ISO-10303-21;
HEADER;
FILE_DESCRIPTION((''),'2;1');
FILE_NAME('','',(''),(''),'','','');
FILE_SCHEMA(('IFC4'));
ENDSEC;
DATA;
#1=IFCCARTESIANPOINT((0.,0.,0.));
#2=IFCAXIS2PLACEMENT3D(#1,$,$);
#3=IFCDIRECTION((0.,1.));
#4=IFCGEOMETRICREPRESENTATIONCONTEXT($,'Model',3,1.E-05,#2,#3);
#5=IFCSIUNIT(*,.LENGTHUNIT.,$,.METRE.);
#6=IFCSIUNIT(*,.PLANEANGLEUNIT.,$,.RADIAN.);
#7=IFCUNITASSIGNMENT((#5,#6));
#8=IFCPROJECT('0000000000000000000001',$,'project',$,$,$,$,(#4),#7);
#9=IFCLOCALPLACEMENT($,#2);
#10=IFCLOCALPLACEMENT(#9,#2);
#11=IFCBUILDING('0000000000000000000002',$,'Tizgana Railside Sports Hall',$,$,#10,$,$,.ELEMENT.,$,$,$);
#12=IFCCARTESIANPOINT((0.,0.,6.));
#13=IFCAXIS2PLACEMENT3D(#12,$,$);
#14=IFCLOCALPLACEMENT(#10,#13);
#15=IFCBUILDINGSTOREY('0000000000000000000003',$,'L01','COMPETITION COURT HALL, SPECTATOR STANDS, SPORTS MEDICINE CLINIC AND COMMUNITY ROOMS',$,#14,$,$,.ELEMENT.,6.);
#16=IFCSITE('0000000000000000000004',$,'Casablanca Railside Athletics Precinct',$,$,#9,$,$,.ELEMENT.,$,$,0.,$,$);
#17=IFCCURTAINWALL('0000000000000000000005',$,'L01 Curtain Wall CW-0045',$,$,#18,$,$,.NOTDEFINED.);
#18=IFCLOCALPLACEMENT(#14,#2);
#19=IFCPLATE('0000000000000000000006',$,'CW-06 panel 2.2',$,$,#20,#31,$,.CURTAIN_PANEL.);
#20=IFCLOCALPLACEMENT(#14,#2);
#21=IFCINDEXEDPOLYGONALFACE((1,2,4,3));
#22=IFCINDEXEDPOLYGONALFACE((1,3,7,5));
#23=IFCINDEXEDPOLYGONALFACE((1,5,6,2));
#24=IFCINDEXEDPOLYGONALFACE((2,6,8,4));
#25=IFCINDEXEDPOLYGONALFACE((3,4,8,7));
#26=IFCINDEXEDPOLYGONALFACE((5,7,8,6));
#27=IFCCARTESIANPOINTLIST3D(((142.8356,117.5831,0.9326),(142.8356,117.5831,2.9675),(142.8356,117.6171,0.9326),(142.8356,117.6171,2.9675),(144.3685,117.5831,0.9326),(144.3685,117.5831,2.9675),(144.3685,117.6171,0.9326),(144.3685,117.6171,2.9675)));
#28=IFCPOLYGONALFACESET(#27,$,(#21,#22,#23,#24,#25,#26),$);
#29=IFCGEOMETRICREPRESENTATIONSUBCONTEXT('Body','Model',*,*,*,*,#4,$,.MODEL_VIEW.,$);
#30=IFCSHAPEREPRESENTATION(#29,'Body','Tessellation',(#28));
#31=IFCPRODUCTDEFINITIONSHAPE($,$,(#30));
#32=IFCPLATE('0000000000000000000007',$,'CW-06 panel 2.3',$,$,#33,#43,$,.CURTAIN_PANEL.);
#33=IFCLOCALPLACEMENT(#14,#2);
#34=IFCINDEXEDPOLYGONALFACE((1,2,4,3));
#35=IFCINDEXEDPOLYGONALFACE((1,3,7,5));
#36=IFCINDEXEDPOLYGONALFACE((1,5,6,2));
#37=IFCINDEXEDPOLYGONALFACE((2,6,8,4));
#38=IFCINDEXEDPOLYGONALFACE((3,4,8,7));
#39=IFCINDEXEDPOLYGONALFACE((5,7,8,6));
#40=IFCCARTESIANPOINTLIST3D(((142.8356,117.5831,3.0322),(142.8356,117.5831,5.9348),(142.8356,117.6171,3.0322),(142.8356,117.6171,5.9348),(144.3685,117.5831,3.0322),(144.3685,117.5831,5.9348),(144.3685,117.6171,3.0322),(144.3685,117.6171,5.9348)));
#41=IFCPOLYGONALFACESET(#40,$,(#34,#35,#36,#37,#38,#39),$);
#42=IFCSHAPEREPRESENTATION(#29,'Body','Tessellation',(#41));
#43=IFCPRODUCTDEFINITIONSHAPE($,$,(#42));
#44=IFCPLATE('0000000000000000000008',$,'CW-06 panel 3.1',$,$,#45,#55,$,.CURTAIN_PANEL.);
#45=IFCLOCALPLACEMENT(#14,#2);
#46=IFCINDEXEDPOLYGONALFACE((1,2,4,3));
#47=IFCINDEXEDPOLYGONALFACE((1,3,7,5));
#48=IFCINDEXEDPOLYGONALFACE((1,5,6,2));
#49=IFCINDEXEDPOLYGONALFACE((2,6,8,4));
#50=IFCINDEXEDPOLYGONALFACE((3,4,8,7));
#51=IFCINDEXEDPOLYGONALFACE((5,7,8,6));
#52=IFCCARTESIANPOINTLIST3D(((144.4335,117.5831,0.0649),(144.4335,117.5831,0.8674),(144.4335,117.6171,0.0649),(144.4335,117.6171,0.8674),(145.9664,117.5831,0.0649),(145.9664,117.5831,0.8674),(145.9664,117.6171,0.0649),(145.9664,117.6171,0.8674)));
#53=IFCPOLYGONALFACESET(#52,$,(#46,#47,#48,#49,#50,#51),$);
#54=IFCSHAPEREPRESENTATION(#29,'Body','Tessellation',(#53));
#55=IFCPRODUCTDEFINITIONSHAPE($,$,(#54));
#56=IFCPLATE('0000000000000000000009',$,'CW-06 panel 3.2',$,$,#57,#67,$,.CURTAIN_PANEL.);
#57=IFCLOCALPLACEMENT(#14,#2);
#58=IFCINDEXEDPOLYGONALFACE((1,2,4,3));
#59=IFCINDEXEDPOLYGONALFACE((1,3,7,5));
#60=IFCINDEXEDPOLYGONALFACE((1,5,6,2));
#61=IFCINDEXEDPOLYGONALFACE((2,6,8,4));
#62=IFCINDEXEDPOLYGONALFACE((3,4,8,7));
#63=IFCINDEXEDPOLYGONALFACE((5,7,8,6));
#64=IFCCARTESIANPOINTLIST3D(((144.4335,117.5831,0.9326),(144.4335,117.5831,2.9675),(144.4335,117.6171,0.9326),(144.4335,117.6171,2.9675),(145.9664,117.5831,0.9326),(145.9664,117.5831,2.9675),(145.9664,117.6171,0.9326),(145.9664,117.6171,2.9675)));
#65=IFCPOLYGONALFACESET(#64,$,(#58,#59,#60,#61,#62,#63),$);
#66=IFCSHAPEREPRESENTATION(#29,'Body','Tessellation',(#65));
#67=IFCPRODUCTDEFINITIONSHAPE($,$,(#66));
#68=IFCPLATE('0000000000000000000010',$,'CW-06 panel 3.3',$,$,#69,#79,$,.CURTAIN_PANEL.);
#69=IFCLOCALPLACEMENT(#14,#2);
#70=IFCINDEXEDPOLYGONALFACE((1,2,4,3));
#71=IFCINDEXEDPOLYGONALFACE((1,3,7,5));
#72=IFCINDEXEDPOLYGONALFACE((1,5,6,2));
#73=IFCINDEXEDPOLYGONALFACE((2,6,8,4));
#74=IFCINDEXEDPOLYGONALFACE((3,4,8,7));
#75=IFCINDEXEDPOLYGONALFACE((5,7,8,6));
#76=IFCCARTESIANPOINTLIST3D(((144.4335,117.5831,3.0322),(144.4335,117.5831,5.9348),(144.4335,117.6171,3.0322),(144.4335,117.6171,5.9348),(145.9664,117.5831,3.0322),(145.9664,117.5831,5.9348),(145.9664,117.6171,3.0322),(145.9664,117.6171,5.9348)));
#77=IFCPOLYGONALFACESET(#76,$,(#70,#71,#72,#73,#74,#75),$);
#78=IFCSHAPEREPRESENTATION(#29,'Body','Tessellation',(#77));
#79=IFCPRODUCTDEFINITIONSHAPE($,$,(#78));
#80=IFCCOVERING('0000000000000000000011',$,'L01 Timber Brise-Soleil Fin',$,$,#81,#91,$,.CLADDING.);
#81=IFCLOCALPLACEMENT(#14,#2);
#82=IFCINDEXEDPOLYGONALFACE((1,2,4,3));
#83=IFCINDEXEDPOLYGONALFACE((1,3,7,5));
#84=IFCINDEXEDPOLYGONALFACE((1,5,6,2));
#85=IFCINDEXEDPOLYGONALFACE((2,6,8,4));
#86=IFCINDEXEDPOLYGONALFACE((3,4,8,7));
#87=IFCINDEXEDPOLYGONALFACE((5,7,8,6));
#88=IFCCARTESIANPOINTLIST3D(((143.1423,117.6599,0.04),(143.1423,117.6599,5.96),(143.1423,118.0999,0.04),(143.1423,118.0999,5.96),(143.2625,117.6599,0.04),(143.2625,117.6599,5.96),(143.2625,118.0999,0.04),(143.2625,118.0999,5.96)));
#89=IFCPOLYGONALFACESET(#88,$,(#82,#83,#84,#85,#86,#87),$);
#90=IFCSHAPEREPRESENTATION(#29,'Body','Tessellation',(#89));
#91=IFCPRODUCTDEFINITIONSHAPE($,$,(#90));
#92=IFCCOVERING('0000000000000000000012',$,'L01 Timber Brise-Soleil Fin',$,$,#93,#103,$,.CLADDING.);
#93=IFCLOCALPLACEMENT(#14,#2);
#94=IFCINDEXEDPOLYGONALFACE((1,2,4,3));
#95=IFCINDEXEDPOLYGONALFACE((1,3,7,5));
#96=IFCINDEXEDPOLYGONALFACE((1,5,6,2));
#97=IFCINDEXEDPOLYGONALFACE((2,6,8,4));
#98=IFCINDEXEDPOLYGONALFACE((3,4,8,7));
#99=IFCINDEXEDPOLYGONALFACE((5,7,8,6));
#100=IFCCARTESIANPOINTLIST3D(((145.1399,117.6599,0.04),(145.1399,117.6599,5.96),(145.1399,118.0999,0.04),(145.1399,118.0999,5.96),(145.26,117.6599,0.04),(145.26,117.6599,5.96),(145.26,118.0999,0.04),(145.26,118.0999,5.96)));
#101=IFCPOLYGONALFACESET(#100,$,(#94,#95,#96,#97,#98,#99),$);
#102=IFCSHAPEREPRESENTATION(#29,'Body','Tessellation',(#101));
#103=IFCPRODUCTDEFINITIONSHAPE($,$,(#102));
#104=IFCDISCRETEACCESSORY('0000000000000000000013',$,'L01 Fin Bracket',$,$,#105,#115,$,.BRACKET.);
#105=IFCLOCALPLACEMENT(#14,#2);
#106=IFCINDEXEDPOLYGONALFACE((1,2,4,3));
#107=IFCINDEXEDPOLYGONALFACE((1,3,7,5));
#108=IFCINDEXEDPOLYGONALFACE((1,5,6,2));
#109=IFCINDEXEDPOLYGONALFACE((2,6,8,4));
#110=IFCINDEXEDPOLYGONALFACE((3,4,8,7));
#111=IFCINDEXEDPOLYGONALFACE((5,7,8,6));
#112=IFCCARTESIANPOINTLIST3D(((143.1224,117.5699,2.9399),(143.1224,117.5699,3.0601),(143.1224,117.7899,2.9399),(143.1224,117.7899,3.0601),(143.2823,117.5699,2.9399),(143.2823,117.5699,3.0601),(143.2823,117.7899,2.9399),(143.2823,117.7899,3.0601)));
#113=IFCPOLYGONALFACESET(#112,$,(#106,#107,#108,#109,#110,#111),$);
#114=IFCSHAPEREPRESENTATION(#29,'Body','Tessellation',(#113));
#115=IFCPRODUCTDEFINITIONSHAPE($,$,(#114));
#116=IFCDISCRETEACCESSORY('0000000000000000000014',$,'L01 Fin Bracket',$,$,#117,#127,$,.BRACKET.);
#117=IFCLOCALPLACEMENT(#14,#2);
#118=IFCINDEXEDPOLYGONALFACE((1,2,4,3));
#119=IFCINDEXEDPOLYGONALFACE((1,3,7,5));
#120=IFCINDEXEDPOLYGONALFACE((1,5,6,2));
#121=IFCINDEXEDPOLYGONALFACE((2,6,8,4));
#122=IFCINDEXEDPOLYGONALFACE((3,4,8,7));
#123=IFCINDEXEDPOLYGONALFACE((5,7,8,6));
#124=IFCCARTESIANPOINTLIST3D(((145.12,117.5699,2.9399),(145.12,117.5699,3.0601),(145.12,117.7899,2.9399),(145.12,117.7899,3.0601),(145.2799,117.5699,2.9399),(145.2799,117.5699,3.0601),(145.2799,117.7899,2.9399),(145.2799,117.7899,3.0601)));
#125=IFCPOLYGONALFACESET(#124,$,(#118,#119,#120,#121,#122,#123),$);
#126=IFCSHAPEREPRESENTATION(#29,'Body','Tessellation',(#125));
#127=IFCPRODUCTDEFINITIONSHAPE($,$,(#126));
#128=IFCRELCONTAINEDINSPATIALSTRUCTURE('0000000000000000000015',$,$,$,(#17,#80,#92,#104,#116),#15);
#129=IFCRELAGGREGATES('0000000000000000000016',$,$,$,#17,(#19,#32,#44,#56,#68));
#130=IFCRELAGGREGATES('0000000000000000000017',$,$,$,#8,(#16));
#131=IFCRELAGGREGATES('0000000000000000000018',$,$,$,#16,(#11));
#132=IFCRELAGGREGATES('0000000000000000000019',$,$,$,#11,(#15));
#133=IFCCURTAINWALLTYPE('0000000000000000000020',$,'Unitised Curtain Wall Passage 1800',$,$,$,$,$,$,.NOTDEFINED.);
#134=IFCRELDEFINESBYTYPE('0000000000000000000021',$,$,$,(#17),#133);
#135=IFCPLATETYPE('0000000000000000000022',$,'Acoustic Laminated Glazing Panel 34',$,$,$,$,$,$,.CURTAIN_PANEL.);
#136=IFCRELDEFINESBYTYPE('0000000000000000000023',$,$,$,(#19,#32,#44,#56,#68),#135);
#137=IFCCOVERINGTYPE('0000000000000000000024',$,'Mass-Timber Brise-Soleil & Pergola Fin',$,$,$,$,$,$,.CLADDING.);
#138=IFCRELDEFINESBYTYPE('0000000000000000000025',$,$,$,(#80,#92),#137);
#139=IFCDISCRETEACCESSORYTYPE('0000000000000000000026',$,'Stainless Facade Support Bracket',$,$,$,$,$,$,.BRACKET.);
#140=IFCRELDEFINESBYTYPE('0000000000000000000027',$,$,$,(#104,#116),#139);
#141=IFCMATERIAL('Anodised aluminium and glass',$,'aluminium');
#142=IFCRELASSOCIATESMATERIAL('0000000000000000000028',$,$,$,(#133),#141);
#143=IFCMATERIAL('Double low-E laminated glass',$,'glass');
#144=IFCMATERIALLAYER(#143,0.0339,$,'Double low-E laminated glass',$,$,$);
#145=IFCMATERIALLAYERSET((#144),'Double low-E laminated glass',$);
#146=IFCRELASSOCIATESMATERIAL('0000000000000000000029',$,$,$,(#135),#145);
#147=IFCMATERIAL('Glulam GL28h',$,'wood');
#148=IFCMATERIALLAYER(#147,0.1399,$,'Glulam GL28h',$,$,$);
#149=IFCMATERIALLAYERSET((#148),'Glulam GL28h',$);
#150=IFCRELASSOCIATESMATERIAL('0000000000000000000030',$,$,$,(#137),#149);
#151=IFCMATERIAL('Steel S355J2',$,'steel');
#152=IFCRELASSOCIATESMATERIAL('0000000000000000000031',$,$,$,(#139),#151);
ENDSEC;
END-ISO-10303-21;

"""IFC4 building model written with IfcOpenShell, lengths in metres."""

from ifc_helpers import new_model, si_unit, direction, frame, origin, origin_2d, place, context, subcontext, project, spatial, rectangle, extrude, material, layer, layer_set, type_object, element, aggregate, save


model = new_model("IFC4")

# Units and contexts
model_context = context("Model", 3, precision=1e-05, world=origin(), true_north=direction((0.0, 1.0)))
body_context = subcontext(model_context, "Body", "Model", "MODEL_VIEW")
ifc_project = project(units=[si_unit("LENGTHUNIT", "METRE"), si_unit("PLANEANGLEUNIT", "RADIAN")], contexts=[model_context])

# Site, building, storey
site_placement = place(None, origin())
site = spatial("IfcSite", under=ifc_project, at=site_placement, Name="Casablanca Railside Athletics Precinct", CompositionType="ELEMENT", RefElevation=0.0)
building_placement = place(site_placement, origin())
building = spatial("IfcBuilding", under=site, at=building_placement, Name="Tizgana Railside Sports Hall", CompositionType="ELEMENT")
storey_placement = place(building_placement, frame((0.0, 0.0, 6.0)))
storey = spatial("IfcBuildingStorey", under=building, at=storey_placement, Name="L01", Description="COMPETITION COURT HALL, SPECTATOR STANDS, SPORTS MEDICINE CLINIC AND COMMUNITY ROOMS", CompositionType="ELEMENT", Elevation=6.0)

# Shared definitions
ifc_material_1 = material(Name="Steel S355J2", Category="steel")

# Shared definitions
ifc_material_2 = material(Name="Anodised aluminium and glass", Category="aluminium")

# Curtain wall, plates
curtain_wall_type_1 = type_object("IfcCurtainWallType", Name="Unitised Curtain Wall Passage 1800", PredefinedType="NOTDEFINED", material=ifc_material_2)
curtain_wall_1_placement = place(storey_placement, origin())
curtain_wall_1 = element("IfcCurtainWall", 1, at=curtain_wall_1_placement, inside=storey, type_object=curtain_wall_type_1, Name="L01 Curtain Wall CW-0045", PredefinedType="NOTDEFINED")
ifc_material_3 = material(Name="Double low-E laminated glass", Category="glass")
ifc_layer_1 = layer(ifc_material_3, 0.0339, Name="Double low-E laminated glass")
ifc_layer_set_1 = layer_set([ifc_layer_1], Name="Double low-E laminated glass")
plate_type = type_object("IfcPlateType", Name="Acoustic Laminated Glazing Panel 34", PredefinedType="CURTAIN_PANEL", material=ifc_layer_set_1)
plate_1_placement = place(storey_placement, frame((143.6021, 117.6001, 0.9326), z_axis=(0.0, 0.0, 1.0), x_axis=(1.0, 0.0, 0.0)))
plate_1 = element("IfcPlate", 2, at=plate_1_placement, type_object=plate_type, Name="CW-06 panel 2.2", PredefinedType="CURTAIN_PANEL", context=body_context, shape_type="SweptSolid", body=[
    extrude(rectangle(XDim=1.533, YDim=0.0339, at=origin_2d()), origin(), (0.0, 0.0, 1.0), 2.0349),
])
plate_2_placement = place(storey_placement, frame((143.6021, 117.6001, 3.0322), z_axis=(0.0, 0.0, 1.0), x_axis=(1.0, 0.0, 0.0)))
plate_2 = element("IfcPlate", 3, at=plate_2_placement, type_object=plate_type, Name="CW-06 panel 2.3", PredefinedType="CURTAIN_PANEL", context=body_context, shape_type="SweptSolid", body=[
    extrude(rectangle(XDim=1.533, YDim=0.0339, at=origin_2d()), origin(), (0.0, 0.0, 1.0), 2.9026),
])
plate_3_placement = place(storey_placement, frame((145.2, 117.6001, 0.0649), z_axis=(0.0, 0.0, 1.0), x_axis=(1.0, 0.0, 0.0)))
plate_3 = element("IfcPlate", 4, at=plate_3_placement, type_object=plate_type, Name="CW-06 panel 3.1", PredefinedType="CURTAIN_PANEL", context=body_context, shape_type="SweptSolid", body=[
    extrude(rectangle(XDim=1.533, YDim=0.0339, at=origin_2d()), origin(), (0.0, 0.0, 1.0), 0.8025),
])
plate_4_placement = place(storey_placement, frame((145.2, 117.6001, 0.9326), z_axis=(0.0, 0.0, 1.0), x_axis=(1.0, 0.0, 0.0)))
plate_4 = element("IfcPlate", 5, at=plate_4_placement, type_object=plate_type, Name="CW-06 panel 3.2", PredefinedType="CURTAIN_PANEL", context=body_context, shape_type="SweptSolid", body=[
    extrude(rectangle(XDim=1.533, YDim=0.0339, at=origin_2d()), origin(), (0.0, 0.0, 1.0), 2.0349),
])
plate_5_placement = place(storey_placement, frame((145.2, 117.6001, 3.0322), z_axis=(0.0, 0.0, 1.0), x_axis=(1.0, 0.0, 0.0)))
plate_5 = element("IfcPlate", 6, at=plate_5_placement, type_object=plate_type, Name="CW-06 panel 3.3", PredefinedType="CURTAIN_PANEL", context=body_context, shape_type="SweptSolid", body=[
    extrude(rectangle(XDim=1.533, YDim=0.0339, at=origin_2d()), origin(), (0.0, 0.0, 1.0), 2.9026),
])
aggregate(curtain_wall_1, [plate_1, plate_2, plate_3, plate_4, plate_5])

# Coverings
ifc_material_4 = material(Name="Glulam GL28h", Category="wood")
ifc_layer_2 = layer(ifc_material_4, 0.1399, Name="Glulam GL28h")
ifc_layer_set_2 = layer_set([ifc_layer_2], Name="Glulam GL28h")
covering_type = type_object("IfcCoveringType", Name="Mass-Timber Brise-Soleil & Pergola Fin", PredefinedType="CLADDING", material=ifc_layer_set_2)
for number, where, z_axis, x_axis, name in (
    (7, (143.2024, 117.8799, 0.04), (0.0, 0.0, 1.0), (1.0, 0.0, 0.0), "L01 Timber Brise-Soleil Fin"),
    (8, (145.2, 117.8799, 0.04), (0.0, 0.0, 1.0), (1.0, 0.0, 0.0), "L01 Timber Brise-Soleil Fin"),
):
    element("IfcCovering", number, at=place(storey_placement, frame(where, z_axis=z_axis, x_axis=x_axis)), inside=storey, type_object=covering_type, Name=name, PredefinedType="CLADDING", context=body_context, shape_type="SweptSolid", body=[
        extrude(rectangle(XDim=0.1201, YDim=0.4399, at=origin_2d()), origin(), (0.0, 0.0, 1.0), 5.9199),
    ])

# Discrete accessories
discrete_accessory_type = type_object("IfcDiscreteAccessoryType", Name="Stainless Facade Support Bracket", PredefinedType="BRACKET", material=ifc_material_1)
for number, where, z_axis, x_axis, name in (
    (9, (143.2024, 117.6799, 2.9399), (0.0, 0.0, 1.0), (1.0, 0.0, 0.0), "L01 Fin Bracket"),
    (10, (145.2, 117.6799, 2.9399), (0.0, 0.0, 1.0), (1.0, 0.0, 0.0), "L01 Fin Bracket"),
):
    element("IfcDiscreteAccessory", number, at=place(storey_placement, frame(where, z_axis=z_axis, x_axis=x_axis)), inside=storey, type_object=discrete_accessory_type, Name=name, PredefinedType="BRACKET", context=body_context, shape_type="SweptSolid", body=[
        extrude(rectangle(XDim=0.1599, YDim=0.22, at=origin_2d()), origin(), (0.0, 0.0, 1.0), 0.1201),
    ])

save(model, "model.ifc")
